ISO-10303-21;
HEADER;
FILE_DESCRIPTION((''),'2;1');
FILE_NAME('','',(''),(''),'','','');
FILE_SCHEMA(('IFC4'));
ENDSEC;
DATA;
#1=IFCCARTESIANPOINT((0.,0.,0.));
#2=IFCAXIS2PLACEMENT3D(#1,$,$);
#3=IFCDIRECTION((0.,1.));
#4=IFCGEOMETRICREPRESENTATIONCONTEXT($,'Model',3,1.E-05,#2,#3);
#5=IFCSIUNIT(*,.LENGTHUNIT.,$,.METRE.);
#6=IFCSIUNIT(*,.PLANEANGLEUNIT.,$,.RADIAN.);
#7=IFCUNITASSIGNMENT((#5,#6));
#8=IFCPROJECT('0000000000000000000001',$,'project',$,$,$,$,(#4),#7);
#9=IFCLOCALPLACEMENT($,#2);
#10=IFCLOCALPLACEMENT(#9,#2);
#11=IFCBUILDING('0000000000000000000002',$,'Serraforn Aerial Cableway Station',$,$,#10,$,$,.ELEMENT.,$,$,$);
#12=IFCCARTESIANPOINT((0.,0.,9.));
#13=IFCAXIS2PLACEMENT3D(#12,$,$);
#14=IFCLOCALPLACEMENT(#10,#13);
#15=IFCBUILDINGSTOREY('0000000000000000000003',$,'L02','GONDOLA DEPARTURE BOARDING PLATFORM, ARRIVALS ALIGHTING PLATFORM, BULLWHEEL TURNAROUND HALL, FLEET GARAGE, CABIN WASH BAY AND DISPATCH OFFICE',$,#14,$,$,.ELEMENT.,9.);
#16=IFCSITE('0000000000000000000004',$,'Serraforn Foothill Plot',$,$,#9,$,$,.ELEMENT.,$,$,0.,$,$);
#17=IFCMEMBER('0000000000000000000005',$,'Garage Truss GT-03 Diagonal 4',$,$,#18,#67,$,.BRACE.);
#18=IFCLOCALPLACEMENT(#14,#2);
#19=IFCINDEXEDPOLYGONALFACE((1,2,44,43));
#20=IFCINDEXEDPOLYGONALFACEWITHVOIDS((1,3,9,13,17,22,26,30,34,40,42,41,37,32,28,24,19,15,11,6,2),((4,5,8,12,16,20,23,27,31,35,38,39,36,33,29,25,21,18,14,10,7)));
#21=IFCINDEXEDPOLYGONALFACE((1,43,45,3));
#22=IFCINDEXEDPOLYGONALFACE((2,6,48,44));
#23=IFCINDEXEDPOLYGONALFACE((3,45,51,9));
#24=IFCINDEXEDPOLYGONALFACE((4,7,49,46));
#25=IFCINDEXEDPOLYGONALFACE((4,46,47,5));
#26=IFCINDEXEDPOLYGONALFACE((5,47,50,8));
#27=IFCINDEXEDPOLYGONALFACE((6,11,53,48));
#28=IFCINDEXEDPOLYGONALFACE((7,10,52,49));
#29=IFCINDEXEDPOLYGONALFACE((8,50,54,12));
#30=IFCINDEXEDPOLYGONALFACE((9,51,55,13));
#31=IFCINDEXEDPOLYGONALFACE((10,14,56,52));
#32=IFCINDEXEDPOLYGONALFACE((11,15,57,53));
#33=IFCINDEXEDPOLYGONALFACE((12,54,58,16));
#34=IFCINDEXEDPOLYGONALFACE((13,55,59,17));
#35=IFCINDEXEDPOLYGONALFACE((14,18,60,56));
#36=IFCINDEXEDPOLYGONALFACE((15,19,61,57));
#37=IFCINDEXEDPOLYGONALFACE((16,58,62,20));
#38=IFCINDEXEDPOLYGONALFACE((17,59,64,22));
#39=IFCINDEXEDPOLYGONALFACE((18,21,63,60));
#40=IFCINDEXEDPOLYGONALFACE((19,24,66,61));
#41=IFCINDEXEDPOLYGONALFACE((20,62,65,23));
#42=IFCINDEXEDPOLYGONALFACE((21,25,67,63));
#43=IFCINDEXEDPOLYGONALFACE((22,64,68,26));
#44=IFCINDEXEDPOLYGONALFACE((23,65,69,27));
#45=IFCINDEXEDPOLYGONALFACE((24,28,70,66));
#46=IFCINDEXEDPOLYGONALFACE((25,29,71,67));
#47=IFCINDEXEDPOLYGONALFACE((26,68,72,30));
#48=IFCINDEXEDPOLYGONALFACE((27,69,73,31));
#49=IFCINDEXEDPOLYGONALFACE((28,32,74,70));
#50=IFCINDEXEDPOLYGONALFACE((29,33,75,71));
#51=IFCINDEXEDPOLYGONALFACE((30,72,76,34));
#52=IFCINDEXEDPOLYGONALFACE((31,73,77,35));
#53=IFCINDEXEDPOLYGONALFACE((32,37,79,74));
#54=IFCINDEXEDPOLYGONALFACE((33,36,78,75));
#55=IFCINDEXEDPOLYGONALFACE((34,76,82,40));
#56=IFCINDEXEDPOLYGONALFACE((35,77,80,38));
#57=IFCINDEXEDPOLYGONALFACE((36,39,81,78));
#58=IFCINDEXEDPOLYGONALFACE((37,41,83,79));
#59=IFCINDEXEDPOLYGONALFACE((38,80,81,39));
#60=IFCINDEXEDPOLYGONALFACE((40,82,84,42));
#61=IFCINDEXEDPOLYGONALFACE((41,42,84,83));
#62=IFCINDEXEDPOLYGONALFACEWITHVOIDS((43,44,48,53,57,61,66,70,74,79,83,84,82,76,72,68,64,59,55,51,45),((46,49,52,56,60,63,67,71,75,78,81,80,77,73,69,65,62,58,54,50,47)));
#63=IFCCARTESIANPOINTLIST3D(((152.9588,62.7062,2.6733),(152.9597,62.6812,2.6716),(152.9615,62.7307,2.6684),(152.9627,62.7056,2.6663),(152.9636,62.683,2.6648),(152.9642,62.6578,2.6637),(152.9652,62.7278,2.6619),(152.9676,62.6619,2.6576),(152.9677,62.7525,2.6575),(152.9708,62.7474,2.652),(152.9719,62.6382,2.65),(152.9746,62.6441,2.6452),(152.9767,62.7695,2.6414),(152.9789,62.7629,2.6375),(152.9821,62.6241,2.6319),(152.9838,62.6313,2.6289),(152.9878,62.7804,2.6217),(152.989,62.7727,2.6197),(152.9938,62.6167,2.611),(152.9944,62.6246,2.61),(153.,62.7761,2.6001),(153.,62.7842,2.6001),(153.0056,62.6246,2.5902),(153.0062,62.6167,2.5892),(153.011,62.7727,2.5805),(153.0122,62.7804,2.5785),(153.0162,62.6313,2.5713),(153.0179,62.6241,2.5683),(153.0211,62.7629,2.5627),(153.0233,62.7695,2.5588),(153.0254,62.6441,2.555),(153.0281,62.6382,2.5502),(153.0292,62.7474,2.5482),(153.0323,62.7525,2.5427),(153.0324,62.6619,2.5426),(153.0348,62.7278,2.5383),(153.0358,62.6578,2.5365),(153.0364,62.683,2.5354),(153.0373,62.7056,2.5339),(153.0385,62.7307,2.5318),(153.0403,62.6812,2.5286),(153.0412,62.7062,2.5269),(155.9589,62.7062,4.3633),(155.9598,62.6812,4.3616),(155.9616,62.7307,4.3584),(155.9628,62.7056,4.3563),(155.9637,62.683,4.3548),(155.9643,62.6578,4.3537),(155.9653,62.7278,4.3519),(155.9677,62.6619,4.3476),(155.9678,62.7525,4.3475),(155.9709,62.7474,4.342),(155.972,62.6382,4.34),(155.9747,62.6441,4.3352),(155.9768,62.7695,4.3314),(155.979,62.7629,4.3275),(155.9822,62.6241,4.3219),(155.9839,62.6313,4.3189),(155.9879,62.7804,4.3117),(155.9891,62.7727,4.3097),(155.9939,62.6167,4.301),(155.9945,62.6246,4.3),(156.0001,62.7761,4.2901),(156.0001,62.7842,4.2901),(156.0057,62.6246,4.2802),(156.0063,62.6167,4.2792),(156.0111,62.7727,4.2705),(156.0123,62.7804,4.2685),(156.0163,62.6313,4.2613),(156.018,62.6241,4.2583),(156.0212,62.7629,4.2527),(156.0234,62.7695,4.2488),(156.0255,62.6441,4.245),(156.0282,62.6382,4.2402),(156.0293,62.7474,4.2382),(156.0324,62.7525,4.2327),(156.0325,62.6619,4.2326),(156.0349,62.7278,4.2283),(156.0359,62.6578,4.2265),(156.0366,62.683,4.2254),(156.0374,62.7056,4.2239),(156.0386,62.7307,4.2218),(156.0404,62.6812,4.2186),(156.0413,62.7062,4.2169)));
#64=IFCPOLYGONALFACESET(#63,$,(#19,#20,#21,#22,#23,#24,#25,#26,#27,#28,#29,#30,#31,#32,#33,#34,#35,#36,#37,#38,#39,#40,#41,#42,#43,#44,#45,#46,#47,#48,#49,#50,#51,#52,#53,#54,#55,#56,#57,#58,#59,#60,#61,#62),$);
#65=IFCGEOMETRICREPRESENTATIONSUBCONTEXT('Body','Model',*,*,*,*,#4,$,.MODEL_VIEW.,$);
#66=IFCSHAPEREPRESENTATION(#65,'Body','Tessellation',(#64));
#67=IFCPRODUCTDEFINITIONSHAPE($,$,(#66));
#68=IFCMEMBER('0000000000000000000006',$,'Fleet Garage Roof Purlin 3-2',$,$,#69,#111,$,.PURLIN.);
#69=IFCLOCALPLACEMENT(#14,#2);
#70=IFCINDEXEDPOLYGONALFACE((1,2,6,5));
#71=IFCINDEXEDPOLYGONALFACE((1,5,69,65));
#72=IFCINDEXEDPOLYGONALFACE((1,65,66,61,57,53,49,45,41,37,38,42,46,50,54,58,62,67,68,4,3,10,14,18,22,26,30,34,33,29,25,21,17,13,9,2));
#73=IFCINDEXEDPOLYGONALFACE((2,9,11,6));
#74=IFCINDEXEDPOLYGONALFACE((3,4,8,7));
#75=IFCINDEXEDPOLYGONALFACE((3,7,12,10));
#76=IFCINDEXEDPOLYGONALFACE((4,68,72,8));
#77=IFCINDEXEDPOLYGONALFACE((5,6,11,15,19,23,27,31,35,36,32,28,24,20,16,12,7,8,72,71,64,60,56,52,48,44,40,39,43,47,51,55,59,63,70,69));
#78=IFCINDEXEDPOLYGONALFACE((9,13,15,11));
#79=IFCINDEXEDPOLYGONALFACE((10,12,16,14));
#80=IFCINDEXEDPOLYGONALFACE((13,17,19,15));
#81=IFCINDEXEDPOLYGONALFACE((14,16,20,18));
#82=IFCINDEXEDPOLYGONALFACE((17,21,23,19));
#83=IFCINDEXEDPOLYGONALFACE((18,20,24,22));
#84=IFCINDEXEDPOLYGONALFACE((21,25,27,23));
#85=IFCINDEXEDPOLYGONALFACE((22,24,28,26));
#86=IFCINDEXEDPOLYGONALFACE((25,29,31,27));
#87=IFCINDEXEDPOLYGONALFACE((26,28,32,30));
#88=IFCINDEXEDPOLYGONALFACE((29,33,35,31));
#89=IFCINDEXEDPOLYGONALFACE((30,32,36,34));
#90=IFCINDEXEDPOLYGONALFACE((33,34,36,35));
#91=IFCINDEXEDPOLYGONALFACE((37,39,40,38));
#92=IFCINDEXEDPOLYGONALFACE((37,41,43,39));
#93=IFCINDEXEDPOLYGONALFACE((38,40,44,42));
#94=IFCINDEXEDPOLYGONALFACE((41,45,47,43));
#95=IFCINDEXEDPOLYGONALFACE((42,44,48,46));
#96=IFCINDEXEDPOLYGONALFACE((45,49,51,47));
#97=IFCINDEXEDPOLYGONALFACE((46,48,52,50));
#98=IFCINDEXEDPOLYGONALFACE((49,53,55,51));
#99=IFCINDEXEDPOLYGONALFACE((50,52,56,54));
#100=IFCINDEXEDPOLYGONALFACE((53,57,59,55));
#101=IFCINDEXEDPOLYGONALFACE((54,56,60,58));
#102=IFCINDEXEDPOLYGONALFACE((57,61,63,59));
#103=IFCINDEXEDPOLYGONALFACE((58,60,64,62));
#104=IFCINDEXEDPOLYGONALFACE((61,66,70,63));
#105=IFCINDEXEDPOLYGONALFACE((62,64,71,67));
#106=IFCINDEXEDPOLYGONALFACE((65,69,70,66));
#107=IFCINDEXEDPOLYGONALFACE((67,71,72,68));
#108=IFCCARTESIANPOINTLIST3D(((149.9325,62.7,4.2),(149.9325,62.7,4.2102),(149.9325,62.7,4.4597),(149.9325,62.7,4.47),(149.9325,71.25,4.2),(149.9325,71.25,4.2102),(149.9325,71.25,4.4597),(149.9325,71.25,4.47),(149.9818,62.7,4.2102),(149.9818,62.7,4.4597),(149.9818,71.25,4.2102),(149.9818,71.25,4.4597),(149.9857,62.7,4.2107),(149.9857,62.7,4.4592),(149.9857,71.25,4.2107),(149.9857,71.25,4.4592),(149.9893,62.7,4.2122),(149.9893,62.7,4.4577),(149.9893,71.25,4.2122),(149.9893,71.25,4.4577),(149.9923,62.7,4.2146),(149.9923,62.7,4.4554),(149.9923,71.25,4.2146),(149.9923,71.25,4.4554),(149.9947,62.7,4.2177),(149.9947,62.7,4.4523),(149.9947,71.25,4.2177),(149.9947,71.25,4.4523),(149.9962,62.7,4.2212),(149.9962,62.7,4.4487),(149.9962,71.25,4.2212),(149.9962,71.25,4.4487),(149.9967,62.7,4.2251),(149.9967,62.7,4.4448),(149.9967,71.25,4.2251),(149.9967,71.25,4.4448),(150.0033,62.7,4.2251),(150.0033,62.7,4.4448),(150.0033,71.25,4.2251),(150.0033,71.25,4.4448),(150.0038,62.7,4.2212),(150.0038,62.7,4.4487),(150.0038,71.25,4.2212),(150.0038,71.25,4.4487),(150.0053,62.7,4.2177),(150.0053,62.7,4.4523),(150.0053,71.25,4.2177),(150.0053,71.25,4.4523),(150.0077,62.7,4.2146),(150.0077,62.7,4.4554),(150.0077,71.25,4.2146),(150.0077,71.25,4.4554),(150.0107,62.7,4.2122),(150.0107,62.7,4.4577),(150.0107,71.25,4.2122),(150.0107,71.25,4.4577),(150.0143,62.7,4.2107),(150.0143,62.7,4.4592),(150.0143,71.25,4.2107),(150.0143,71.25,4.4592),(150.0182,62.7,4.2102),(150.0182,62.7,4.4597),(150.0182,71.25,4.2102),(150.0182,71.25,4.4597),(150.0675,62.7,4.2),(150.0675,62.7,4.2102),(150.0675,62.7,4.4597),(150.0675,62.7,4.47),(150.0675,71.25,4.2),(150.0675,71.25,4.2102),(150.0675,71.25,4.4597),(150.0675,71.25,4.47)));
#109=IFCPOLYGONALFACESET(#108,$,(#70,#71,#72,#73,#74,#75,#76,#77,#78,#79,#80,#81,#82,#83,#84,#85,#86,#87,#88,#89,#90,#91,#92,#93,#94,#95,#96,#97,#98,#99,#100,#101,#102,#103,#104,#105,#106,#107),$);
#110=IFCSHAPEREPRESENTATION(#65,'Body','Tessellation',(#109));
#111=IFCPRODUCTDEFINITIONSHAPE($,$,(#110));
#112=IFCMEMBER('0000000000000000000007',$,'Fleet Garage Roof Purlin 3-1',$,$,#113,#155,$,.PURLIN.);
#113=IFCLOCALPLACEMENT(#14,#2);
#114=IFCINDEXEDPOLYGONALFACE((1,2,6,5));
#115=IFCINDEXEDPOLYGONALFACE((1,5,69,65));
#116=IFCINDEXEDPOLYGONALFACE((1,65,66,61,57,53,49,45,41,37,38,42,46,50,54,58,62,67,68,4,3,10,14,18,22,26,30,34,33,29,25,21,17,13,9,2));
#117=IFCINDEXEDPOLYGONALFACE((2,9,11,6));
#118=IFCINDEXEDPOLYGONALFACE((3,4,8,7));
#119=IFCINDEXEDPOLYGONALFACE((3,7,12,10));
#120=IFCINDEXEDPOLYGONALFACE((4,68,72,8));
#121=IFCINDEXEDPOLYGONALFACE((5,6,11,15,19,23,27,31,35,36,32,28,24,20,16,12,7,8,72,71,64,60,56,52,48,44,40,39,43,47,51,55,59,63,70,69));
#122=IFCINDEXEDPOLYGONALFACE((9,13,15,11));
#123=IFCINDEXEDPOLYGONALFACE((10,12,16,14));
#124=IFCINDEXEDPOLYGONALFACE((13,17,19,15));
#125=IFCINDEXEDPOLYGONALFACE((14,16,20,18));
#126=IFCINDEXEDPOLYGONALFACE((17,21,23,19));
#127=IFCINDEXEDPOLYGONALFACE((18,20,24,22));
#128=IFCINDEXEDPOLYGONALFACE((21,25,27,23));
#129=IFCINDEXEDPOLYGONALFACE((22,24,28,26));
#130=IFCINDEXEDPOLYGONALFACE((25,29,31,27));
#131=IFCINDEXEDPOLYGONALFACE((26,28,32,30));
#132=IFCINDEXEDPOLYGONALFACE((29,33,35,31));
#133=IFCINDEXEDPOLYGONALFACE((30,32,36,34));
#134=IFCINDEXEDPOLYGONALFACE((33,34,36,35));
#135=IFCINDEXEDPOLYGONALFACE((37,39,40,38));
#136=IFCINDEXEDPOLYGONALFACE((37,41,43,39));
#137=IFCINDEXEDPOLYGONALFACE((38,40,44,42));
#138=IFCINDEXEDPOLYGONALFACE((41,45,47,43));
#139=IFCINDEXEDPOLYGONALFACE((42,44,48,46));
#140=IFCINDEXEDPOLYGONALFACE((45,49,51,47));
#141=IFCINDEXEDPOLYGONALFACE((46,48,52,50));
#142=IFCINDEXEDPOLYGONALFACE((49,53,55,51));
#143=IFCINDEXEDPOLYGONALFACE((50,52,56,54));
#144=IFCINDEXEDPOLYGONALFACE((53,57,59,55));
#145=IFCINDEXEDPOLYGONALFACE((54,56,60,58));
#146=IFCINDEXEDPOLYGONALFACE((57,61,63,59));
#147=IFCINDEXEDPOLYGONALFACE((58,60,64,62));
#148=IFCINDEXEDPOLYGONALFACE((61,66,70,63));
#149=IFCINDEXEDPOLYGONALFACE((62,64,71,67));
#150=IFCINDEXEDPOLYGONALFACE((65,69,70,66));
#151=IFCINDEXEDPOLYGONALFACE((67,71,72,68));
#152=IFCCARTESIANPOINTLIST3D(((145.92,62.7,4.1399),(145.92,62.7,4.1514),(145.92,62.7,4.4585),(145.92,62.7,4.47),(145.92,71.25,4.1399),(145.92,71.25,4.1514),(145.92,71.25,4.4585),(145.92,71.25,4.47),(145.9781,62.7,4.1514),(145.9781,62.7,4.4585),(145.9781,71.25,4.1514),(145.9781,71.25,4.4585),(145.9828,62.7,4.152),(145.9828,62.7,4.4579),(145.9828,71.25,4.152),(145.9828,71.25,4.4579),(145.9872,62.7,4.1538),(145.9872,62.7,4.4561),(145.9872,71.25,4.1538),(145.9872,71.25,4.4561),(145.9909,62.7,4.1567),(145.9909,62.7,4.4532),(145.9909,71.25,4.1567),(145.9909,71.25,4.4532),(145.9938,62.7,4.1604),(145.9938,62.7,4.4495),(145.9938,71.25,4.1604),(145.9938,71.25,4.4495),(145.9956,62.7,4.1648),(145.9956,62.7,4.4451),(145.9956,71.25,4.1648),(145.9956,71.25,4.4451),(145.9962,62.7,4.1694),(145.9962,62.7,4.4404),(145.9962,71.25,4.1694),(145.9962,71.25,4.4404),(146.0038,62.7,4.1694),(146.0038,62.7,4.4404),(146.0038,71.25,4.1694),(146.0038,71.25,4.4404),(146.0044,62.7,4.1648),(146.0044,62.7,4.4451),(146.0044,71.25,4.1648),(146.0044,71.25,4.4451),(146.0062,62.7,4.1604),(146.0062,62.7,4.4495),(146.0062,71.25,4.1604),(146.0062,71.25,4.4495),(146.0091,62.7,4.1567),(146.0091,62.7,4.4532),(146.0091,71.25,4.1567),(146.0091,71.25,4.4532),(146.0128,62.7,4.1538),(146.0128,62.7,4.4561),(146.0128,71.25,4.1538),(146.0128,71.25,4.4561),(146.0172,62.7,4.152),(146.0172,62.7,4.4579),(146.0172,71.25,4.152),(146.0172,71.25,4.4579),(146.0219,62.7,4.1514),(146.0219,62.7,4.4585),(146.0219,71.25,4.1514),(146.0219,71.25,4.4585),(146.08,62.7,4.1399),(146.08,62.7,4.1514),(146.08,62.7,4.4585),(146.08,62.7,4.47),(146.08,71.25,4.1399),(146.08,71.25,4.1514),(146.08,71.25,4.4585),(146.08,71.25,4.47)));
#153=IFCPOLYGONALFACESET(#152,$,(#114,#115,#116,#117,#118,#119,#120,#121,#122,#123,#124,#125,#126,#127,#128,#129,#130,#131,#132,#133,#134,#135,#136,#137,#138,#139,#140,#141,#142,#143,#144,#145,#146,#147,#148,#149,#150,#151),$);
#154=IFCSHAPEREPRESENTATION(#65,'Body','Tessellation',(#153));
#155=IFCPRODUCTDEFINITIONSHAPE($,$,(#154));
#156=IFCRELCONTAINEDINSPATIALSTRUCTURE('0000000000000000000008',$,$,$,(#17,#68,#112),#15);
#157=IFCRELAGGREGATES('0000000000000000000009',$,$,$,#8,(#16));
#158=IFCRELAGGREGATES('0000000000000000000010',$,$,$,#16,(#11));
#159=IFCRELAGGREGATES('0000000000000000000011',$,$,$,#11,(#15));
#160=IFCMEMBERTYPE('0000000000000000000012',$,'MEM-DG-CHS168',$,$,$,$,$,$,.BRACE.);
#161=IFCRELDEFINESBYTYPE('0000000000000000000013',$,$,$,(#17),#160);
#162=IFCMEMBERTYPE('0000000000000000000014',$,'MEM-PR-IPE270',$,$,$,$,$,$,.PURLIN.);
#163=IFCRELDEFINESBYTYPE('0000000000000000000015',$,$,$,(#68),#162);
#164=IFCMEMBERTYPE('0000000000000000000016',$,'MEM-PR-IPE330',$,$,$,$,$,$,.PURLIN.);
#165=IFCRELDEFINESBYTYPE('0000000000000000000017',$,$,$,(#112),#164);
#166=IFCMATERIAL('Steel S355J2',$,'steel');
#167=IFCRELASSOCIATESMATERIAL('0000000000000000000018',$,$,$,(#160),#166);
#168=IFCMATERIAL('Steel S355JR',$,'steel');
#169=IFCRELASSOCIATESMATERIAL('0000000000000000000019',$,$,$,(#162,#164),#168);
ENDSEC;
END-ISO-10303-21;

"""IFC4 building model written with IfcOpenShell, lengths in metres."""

from ifc_helpers import new_model, si_unit, direction, frame, origin, origin_2d, place, context, subcontext, project, spatial, hollow_circle, i_section, extrude, material, material_profile, profile_set, type_object, element, save


model = new_model("IFC4")

# Units and contexts
model_context = context("Model", 3, precision=1e-05, world=origin(), true_north=direction((0.0, 1.0)))
body_context = subcontext(model_context, "Body", "Model", "MODEL_VIEW")
ifc_project = project(units=[si_unit("LENGTHUNIT", "METRE"), si_unit("PLANEANGLEUNIT", "RADIAN")], contexts=[model_context])

# Site, building, storey
site_placement = place(None, origin())
site = spatial("IfcSite", under=ifc_project, at=site_placement, Name="Serraforn Foothill Plot", CompositionType="ELEMENT", RefElevation=0.0)
building_placement = place(site_placement, origin())
building = spatial("IfcBuilding", under=site, at=building_placement, Name="Serraforn Aerial Cableway Station", CompositionType="ELEMENT")
storey_placement = place(building_placement, frame((0.0, 0.0, 9.0)))
storey = spatial("IfcBuildingStorey", under=building, at=storey_placement, Name="L02", Description="GONDOLA DEPARTURE BOARDING PLATFORM, ARRIVALS ALIGHTING PLATFORM, BULLWHEEL TURNAROUND HALL, FLEET GARAGE, CABIN WASH BAY AND DISPATCH OFFICE", CompositionType="ELEMENT", Elevation=9.0)

# Members
ifc_material_1 = material(Name="Steel S355J2", Category="steel")
ifc_material_profile_1 = material_profile(ifc_material_1, hollow_circle(Radius=0.0842, WallThickness=0.0081, at=origin_2d()), Name="CHS 168.3x8.0")
ifc_profile_set_1 = profile_set([ifc_material_profile_1], Name="Steel S355J2")
member_type_1 = type_object("IfcMemberType", Name="MEM-DG-CHS168", PredefinedType="BRACE", material=ifc_profile_set_1)
for number, where, z_axis, x_axis, name in (
    (1, (153.0, 62.7, 2.6001), (0.871272, 0.0, 0.4908), (0.0, 1.0, 0.0), "Garage Truss GT-03 Diagonal 4"),
):
    element("IfcMember", number, at=place(storey_placement, frame(where, z_axis=z_axis, x_axis=x_axis)), inside=storey, type_object=member_type_1, Name=name, PredefinedType="BRACE", context=body_context, shape_type="SweptSolid", body=[
        extrude(hollow_circle(Radius=0.0842, WallThickness=0.0081, at=origin_2d()), origin(), (0.0, 0.0, 1.0), 3.4434),
    ])
ifc_material_2 = material(Name="Steel S355JR", Category="steel")
ifc_material_profile_2 = material_profile(ifc_material_2, i_section(OverallWidth=0.135, OverallDepth=0.27, WebThickness=0.0066, FlangeThickness=0.0103, FilletRadius=0.0149, at=origin_2d()), Name="IPE 270")
ifc_profile_set_2 = profile_set([ifc_material_profile_2], Name="Steel S355JR")
member_type_2 = type_object("IfcMemberType", Name="MEM-PR-IPE270", PredefinedType="PURLIN", material=ifc_profile_set_2)
member_1_placement = place(storey_placement, frame((150.0, 62.7, 4.335), z_axis=(0.0, 1.0, 0.0), x_axis=(-1.0, 0.0, 0.0)))
element("IfcMember", 2, at=member_1_placement, inside=storey, type_object=member_type_2, Name="Fleet Garage Roof Purlin 3-2", PredefinedType="PURLIN", context=body_context, shape_type="SweptSolid", body=[
    extrude(i_section(OverallWidth=0.135, OverallDepth=0.27, WebThickness=0.0066, FlangeThickness=0.0103, FilletRadius=0.0149, at=origin_2d()), origin(), (0.0, 0.0, 1.0), 8.55),
])
ifc_material_profile_3 = material_profile(ifc_material_2, i_section(OverallWidth=0.1599, OverallDepth=0.3301, WebThickness=0.0076, FlangeThickness=0.0115, FilletRadius=0.0181, at=origin_2d()), Name="IPE 330")
ifc_profile_set_3 = profile_set([ifc_material_profile_3], Name="Steel S355JR")
member_type_3 = type_object("IfcMemberType", Name="MEM-PR-IPE330", PredefinedType="PURLIN", material=ifc_profile_set_3)
member_2_placement = place(storey_placement, frame((146.0, 62.7, 4.3049), z_axis=(0.0, 1.0, 0.0), x_axis=(-1.0, 0.0, 0.0)))
element("IfcMember", 3, at=member_2_placement, inside=storey, type_object=member_type_3, Name="Fleet Garage Roof Purlin 3-1", PredefinedType="PURLIN", context=body_context, shape_type="SweptSolid", body=[
    extrude(i_section(OverallWidth=0.1599, OverallDepth=0.3301, WebThickness=0.0076, FlangeThickness=0.0115, FilletRadius=0.0181, at=origin_2d()), origin(), (0.0, 0.0, 1.0), 8.55),
])

save(model, "model.ifc")
